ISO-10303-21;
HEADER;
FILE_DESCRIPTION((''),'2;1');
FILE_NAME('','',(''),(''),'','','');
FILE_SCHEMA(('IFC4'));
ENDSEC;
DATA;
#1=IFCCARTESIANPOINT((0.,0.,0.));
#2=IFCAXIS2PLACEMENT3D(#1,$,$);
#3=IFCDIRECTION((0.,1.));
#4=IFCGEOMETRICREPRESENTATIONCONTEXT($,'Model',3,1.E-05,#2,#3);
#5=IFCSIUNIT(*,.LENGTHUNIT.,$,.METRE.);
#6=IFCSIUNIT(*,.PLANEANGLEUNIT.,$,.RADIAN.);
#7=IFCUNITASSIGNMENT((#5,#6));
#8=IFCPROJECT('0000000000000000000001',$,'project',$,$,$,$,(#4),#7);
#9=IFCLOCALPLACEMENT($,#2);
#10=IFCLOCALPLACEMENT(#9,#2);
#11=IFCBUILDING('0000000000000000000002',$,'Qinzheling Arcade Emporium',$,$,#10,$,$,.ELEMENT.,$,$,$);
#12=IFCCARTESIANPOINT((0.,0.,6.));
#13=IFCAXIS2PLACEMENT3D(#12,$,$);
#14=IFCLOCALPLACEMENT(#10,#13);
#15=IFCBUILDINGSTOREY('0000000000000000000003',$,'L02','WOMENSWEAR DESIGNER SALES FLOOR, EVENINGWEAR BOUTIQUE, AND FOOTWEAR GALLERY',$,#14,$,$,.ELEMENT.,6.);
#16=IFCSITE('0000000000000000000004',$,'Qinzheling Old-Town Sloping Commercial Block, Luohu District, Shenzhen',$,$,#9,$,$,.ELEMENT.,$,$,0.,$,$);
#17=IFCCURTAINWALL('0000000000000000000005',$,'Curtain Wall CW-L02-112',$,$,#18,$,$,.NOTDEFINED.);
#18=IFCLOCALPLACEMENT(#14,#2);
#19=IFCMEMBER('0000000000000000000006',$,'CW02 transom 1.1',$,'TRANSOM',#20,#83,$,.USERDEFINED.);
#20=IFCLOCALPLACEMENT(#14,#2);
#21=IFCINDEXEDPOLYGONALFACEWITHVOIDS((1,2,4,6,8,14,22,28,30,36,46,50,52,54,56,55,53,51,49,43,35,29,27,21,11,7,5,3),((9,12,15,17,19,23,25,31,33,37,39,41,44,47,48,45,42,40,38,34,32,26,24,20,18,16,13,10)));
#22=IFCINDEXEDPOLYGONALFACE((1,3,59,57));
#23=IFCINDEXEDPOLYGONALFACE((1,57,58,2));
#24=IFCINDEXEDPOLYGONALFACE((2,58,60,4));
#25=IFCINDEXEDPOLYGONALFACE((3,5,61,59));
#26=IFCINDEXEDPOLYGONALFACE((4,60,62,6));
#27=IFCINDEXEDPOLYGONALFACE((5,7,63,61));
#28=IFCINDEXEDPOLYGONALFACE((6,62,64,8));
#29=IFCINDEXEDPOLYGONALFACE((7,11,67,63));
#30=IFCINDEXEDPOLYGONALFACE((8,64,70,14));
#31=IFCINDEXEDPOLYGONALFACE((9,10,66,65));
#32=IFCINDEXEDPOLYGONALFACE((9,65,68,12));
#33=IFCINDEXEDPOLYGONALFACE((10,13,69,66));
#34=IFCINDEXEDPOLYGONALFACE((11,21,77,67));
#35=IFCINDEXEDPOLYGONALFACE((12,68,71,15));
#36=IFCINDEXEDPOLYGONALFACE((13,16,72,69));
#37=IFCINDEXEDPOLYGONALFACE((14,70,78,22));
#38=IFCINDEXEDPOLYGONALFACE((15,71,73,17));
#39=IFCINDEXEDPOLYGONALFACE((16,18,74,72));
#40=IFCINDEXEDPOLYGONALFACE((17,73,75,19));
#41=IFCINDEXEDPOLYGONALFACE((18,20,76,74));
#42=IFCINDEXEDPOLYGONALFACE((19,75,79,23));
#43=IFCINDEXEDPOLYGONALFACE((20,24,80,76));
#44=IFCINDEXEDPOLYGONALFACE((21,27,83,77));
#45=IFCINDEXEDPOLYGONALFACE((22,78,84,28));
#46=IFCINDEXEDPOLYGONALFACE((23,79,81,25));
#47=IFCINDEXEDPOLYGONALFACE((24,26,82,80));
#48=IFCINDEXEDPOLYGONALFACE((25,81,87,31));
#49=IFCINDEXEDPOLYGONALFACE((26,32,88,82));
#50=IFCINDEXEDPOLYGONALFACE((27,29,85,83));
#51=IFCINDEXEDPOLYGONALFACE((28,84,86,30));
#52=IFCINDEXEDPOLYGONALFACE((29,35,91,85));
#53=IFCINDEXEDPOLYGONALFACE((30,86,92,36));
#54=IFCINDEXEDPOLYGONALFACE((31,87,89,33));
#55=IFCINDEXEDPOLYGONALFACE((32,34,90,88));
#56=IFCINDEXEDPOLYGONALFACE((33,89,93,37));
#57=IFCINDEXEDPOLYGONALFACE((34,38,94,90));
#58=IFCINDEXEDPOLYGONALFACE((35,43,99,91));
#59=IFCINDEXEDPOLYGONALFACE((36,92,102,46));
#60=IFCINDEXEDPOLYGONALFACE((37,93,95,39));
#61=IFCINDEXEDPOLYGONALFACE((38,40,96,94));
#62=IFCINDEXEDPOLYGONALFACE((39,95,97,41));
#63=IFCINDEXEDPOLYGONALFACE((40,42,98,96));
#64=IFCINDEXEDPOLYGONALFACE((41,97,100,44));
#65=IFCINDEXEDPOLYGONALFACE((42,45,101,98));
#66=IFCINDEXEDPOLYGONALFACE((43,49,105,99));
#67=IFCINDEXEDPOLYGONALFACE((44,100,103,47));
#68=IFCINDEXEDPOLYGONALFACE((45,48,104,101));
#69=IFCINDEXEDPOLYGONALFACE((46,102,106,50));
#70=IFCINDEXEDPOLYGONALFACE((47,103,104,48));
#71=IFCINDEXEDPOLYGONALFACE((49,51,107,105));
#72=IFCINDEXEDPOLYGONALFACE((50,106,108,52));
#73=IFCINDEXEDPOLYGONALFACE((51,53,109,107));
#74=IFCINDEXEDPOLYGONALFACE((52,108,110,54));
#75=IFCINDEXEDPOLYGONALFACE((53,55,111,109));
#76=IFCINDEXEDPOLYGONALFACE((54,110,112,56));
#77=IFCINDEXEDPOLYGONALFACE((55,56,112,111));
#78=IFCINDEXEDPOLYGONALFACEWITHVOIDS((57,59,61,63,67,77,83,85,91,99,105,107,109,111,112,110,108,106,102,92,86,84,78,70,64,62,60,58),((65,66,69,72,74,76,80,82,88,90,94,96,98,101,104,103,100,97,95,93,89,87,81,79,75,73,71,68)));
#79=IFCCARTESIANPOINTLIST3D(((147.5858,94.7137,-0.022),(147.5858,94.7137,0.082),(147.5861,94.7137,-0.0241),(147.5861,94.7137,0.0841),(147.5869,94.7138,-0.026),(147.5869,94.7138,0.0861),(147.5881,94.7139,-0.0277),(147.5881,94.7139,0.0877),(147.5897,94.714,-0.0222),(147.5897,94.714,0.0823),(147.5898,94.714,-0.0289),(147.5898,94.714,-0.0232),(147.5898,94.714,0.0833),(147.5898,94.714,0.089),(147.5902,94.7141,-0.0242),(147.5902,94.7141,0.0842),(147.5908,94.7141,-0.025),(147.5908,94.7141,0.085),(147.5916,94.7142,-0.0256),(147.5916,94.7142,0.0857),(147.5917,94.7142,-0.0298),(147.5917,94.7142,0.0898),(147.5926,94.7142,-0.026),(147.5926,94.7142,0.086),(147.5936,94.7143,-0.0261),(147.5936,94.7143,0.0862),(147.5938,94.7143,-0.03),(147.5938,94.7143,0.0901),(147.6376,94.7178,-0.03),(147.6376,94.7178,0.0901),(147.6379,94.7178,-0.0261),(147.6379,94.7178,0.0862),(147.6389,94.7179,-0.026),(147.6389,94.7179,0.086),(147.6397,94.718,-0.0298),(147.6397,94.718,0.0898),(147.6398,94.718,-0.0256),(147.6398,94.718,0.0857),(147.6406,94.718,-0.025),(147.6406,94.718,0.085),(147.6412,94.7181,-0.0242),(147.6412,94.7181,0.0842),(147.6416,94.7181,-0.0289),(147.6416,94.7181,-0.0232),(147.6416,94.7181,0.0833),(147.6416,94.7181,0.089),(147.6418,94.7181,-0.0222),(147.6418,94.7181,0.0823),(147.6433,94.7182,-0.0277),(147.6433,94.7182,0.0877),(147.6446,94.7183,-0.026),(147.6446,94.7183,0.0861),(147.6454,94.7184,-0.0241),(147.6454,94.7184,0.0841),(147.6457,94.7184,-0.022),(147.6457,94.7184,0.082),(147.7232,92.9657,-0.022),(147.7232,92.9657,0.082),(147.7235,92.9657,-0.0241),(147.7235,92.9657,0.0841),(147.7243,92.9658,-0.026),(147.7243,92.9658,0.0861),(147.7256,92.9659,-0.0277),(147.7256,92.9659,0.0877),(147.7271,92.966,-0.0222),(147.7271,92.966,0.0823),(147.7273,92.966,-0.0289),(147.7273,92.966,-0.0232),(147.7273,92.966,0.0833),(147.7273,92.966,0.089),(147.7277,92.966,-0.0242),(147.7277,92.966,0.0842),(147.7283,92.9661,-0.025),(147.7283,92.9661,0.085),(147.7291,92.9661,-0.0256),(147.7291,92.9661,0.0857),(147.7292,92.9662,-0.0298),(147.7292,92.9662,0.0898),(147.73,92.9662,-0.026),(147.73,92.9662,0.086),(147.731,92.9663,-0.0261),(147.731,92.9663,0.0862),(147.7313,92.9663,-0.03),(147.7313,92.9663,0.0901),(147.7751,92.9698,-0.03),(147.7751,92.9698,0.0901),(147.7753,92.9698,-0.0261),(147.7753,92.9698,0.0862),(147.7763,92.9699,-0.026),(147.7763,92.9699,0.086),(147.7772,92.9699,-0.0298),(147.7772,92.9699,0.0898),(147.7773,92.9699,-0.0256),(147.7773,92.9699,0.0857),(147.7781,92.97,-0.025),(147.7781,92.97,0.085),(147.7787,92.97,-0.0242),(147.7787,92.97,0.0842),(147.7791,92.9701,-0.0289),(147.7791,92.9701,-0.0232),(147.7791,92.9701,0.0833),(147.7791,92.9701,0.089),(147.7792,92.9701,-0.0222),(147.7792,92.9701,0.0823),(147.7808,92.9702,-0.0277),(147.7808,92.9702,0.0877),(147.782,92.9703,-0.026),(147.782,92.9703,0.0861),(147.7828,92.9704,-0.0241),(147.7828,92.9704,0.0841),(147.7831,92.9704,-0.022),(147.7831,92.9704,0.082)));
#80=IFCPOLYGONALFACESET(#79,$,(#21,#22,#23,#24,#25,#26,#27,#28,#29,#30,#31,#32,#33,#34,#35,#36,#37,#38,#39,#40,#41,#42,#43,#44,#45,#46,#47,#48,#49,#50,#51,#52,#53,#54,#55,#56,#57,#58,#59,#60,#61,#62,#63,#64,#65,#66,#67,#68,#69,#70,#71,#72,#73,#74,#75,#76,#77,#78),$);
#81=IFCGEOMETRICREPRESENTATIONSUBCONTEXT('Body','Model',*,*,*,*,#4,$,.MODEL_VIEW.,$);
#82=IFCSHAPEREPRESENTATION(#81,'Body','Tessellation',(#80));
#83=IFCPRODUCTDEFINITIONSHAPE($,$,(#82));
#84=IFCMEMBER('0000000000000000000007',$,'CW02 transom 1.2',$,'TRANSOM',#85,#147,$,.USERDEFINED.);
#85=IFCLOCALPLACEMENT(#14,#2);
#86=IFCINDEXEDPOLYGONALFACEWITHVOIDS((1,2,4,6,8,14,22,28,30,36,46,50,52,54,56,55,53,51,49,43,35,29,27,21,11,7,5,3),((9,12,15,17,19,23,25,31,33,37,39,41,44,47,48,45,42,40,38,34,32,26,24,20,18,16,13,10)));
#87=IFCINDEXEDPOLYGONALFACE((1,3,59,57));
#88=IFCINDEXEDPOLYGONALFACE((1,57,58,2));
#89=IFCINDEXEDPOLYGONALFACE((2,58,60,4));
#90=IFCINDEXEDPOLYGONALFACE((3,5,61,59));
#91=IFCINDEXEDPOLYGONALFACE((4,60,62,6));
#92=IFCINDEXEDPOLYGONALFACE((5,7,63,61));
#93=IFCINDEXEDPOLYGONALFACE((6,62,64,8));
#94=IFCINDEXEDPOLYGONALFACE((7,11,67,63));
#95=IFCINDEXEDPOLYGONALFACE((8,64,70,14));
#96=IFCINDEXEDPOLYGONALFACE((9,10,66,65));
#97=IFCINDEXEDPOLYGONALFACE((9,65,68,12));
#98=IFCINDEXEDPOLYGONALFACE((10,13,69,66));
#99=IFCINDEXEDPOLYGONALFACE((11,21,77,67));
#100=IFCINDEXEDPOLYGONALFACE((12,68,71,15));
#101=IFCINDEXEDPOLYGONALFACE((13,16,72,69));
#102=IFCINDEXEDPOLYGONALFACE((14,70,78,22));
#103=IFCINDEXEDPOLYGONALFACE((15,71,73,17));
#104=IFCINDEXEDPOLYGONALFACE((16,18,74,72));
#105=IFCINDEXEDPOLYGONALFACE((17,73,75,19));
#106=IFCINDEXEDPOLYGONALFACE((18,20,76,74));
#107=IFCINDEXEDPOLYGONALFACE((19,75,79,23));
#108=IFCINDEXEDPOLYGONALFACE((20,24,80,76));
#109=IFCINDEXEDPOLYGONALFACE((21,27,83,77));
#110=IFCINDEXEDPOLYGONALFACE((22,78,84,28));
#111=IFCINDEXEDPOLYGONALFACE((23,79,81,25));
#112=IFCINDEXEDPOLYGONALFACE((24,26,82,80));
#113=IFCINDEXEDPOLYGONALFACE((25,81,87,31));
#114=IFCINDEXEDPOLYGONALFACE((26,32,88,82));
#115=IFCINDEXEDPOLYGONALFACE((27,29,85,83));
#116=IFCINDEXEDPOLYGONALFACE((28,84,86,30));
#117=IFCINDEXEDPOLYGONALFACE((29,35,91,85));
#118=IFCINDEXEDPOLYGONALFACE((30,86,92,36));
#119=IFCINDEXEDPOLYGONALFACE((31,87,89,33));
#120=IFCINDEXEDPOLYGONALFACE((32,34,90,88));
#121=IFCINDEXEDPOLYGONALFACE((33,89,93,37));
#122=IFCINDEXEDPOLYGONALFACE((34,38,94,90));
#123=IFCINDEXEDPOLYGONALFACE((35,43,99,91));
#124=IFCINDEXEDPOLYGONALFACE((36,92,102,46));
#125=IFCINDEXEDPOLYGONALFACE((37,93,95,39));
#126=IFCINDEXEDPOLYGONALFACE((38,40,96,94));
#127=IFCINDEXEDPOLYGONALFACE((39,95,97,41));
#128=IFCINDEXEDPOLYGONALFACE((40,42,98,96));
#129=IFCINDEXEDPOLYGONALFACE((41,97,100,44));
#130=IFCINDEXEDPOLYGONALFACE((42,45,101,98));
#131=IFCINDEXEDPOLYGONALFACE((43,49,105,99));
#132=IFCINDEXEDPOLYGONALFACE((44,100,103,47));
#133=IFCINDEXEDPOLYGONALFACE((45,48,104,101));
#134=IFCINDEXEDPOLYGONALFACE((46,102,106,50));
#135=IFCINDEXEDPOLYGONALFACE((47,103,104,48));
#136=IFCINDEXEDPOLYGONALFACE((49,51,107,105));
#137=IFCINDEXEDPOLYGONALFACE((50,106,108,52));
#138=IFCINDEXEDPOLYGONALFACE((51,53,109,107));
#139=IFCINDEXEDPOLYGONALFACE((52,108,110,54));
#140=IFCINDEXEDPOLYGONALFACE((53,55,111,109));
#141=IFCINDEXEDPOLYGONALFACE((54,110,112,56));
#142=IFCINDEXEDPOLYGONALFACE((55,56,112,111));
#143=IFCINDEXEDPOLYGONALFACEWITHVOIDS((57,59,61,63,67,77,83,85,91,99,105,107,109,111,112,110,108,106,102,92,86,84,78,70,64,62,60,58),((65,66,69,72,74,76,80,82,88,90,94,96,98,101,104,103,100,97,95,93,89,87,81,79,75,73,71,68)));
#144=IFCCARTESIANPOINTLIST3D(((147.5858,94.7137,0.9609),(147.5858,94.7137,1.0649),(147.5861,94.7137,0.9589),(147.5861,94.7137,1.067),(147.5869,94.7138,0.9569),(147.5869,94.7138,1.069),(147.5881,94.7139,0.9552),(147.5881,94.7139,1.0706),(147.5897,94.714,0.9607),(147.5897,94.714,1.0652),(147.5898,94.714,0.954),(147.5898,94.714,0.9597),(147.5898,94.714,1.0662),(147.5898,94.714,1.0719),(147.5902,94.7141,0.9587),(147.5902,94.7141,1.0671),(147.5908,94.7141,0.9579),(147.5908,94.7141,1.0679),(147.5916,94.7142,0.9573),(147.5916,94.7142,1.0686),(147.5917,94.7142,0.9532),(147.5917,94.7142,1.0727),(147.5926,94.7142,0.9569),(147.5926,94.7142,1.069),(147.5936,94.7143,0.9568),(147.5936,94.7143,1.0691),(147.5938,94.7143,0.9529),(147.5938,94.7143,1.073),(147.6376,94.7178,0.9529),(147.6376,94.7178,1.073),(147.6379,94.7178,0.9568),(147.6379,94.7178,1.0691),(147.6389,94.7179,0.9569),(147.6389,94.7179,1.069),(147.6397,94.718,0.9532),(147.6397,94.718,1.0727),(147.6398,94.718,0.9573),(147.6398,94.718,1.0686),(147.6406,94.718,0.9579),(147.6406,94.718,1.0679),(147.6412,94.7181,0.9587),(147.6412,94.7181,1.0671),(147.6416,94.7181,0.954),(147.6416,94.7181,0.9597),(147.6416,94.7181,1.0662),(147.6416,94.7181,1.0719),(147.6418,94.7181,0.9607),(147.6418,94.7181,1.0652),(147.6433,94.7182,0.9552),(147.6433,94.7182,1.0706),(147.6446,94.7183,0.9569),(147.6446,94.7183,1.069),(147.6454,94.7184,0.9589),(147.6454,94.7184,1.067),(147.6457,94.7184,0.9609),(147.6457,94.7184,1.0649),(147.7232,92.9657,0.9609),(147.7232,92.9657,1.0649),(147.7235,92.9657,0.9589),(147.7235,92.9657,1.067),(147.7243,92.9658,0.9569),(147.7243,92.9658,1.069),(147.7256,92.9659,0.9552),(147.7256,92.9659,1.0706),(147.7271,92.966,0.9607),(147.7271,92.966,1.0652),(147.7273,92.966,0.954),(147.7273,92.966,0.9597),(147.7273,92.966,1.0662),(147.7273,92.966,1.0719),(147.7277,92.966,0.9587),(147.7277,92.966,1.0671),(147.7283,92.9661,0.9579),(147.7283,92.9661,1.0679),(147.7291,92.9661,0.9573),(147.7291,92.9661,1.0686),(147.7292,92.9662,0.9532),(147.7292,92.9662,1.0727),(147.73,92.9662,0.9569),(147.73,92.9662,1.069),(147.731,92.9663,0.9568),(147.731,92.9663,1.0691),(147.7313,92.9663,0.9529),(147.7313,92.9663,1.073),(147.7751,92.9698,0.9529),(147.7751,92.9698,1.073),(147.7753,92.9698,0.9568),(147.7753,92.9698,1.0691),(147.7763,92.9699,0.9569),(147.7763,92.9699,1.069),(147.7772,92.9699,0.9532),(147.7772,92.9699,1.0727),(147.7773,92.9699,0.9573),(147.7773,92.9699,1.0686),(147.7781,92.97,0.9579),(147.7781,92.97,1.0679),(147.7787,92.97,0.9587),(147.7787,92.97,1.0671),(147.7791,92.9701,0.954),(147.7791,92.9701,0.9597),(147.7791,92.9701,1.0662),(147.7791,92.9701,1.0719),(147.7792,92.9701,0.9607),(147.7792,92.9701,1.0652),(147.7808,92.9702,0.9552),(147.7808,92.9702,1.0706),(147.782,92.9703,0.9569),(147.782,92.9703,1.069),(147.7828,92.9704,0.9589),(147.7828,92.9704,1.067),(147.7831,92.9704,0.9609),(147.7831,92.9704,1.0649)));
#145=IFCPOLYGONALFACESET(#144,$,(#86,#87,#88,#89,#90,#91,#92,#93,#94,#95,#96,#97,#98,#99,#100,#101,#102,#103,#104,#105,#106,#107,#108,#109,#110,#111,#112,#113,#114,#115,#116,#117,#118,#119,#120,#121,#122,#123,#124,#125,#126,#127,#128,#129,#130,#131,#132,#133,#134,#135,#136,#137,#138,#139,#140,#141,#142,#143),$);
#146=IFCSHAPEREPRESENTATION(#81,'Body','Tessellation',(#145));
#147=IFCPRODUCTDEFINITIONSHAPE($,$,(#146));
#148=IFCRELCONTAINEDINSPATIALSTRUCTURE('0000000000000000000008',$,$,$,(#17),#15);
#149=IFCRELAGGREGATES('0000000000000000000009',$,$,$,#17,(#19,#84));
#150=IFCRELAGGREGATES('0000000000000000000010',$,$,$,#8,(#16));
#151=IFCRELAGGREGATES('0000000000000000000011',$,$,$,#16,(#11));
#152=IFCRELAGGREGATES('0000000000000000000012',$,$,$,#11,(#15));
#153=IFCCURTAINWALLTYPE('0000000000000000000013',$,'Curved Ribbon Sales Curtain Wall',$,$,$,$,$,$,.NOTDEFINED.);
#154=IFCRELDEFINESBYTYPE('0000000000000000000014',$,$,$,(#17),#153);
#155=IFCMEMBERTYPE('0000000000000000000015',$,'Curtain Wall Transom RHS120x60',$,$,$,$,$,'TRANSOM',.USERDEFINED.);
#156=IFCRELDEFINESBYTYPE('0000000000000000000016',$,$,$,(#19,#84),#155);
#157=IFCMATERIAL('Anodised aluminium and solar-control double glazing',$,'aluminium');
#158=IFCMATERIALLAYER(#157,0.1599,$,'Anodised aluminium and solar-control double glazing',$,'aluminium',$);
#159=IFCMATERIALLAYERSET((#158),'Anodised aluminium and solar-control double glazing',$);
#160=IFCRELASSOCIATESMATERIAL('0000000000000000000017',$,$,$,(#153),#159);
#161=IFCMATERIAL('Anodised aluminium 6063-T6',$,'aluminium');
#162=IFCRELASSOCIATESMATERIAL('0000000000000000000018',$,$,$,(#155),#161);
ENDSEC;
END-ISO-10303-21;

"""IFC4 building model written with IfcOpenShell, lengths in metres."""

from ifc_helpers import new_model, si_unit, direction, frame, origin, origin_2d, place, context, subcontext, project, spatial, hollow_rectangle, extrude, material, layer, layer_set, material_profile, profile_set, type_object, element, aggregate, save


model = new_model("IFC4")

# Units and contexts
model_context = context("Model", 3, precision=1e-05, world=origin(), true_north=direction((0.0, 1.0)))
body_context = subcontext(model_context, "Body", "Model", "MODEL_VIEW")
ifc_project = project(units=[si_unit("LENGTHUNIT", "METRE"), si_unit("PLANEANGLEUNIT", "RADIAN")], contexts=[model_context])

# Site, building, storey
site_placement = place(None, origin())
site = spatial("IfcSite", under=ifc_project, at=site_placement, Name="Qinzheling Old-Town Sloping Commercial Block, Luohu District, Shenzhen", CompositionType="ELEMENT", RefElevation=0.0)
building_placement = place(site_placement, origin())
building = spatial("IfcBuilding", under=site, at=building_placement, Name="Qinzheling Arcade Emporium", CompositionType="ELEMENT")
storey_placement = place(building_placement, frame((0.0, 0.0, 6.0)))
storey = spatial("IfcBuildingStorey", under=building, at=storey_placement, Name="L02", Description="WOMENSWEAR DESIGNER SALES FLOOR, EVENINGWEAR BOUTIQUE, AND FOOTWEAR GALLERY", CompositionType="ELEMENT", Elevation=6.0)

# Shared definitions
ifc_material_1 = material(Name="Anodised aluminium and solar-control double glazing", Category="aluminium")
ifc_layer_1 = layer(ifc_material_1, 0.1599, Name="Anodised aluminium and solar-control double glazing", Category="aluminium")
ifc_layer_set_1 = layer_set([ifc_layer_1], Name="Anodised aluminium and solar-control double glazing")
curtain_wall_type = type_object("IfcCurtainWallType", Name="Curved Ribbon Sales Curtain Wall", PredefinedType="NOTDEFINED", material=ifc_layer_set_1)
ifc_material_2 = material(Name="Anodised aluminium 6063-T6", Category="aluminium")

# Curtain wall
curtain_wall_1_placement = place(storey_placement, origin())
curtain_wall_1 = element("IfcCurtainWall", 1, at=curtain_wall_1_placement, inside=storey, type_object=curtain_wall_type, Name="Curtain Wall CW-L02-112", PredefinedType="NOTDEFINED")

# Members
ifc_material_profile_1 = material_profile(ifc_material_2, hollow_rectangle(XDim=0.0601, YDim=0.1201, WallThickness=0.0039, InnerFilletRadius=0.0039, OuterFilletRadius=0.0081, at=origin_2d()), Name="RHS 120x60x4", Category="aluminium")
ifc_profile_set_1 = profile_set([ifc_material_profile_1], Name="Anodised aluminium 6063-T6")
member_type_1 = type_object("IfcMemberType", Name="Curtain Wall Transom RHS120x60", ElementType="TRANSOM", PredefinedType="USERDEFINED", material=ifc_profile_set_1)
member_1_placement = place(storey_placement, frame((147.6157, 94.7161, 0.03), z_axis=(0.078389, -0.996923, 0.0), x_axis=(0.996923, 0.078389, 0.0)))
member_1 = element("IfcMember", 2, at=member_1_placement, type_object=member_type_1, Name="CW02 transom 1.1", ObjectType="TRANSOM", PredefinedType="USERDEFINED", context=body_context, shape_type="SweptSolid", body=[
    extrude(hollow_rectangle(XDim=0.0601, YDim=0.1201, WallThickness=0.0039, InnerFilletRadius=0.0039, OuterFilletRadius=0.0081, at=origin_2d()), origin(), (0.0, 0.0, 1.0), 1.7534),
])
member_2_placement = place(storey_placement, frame((147.6157, 94.7161, 1.0129), z_axis=(0.078389, -0.996923, 0.0), x_axis=(0.996923, 0.078389, 0.0)))
member_2 = element("IfcMember", 3, at=member_2_placement, type_object=member_type_1, Name="CW02 transom 1.2", ObjectType="TRANSOM", PredefinedType="USERDEFINED", context=body_context, shape_type="SweptSolid", body=[
    extrude(hollow_rectangle(XDim=0.0601, YDim=0.1201, WallThickness=0.0039, InnerFilletRadius=0.0039, OuterFilletRadius=0.0081, at=origin_2d()), origin(), (0.0, 0.0, 1.0), 1.7534),
])

aggregate(curtain_wall_1, [member_1, member_2])

save(model, "model.ifc")
